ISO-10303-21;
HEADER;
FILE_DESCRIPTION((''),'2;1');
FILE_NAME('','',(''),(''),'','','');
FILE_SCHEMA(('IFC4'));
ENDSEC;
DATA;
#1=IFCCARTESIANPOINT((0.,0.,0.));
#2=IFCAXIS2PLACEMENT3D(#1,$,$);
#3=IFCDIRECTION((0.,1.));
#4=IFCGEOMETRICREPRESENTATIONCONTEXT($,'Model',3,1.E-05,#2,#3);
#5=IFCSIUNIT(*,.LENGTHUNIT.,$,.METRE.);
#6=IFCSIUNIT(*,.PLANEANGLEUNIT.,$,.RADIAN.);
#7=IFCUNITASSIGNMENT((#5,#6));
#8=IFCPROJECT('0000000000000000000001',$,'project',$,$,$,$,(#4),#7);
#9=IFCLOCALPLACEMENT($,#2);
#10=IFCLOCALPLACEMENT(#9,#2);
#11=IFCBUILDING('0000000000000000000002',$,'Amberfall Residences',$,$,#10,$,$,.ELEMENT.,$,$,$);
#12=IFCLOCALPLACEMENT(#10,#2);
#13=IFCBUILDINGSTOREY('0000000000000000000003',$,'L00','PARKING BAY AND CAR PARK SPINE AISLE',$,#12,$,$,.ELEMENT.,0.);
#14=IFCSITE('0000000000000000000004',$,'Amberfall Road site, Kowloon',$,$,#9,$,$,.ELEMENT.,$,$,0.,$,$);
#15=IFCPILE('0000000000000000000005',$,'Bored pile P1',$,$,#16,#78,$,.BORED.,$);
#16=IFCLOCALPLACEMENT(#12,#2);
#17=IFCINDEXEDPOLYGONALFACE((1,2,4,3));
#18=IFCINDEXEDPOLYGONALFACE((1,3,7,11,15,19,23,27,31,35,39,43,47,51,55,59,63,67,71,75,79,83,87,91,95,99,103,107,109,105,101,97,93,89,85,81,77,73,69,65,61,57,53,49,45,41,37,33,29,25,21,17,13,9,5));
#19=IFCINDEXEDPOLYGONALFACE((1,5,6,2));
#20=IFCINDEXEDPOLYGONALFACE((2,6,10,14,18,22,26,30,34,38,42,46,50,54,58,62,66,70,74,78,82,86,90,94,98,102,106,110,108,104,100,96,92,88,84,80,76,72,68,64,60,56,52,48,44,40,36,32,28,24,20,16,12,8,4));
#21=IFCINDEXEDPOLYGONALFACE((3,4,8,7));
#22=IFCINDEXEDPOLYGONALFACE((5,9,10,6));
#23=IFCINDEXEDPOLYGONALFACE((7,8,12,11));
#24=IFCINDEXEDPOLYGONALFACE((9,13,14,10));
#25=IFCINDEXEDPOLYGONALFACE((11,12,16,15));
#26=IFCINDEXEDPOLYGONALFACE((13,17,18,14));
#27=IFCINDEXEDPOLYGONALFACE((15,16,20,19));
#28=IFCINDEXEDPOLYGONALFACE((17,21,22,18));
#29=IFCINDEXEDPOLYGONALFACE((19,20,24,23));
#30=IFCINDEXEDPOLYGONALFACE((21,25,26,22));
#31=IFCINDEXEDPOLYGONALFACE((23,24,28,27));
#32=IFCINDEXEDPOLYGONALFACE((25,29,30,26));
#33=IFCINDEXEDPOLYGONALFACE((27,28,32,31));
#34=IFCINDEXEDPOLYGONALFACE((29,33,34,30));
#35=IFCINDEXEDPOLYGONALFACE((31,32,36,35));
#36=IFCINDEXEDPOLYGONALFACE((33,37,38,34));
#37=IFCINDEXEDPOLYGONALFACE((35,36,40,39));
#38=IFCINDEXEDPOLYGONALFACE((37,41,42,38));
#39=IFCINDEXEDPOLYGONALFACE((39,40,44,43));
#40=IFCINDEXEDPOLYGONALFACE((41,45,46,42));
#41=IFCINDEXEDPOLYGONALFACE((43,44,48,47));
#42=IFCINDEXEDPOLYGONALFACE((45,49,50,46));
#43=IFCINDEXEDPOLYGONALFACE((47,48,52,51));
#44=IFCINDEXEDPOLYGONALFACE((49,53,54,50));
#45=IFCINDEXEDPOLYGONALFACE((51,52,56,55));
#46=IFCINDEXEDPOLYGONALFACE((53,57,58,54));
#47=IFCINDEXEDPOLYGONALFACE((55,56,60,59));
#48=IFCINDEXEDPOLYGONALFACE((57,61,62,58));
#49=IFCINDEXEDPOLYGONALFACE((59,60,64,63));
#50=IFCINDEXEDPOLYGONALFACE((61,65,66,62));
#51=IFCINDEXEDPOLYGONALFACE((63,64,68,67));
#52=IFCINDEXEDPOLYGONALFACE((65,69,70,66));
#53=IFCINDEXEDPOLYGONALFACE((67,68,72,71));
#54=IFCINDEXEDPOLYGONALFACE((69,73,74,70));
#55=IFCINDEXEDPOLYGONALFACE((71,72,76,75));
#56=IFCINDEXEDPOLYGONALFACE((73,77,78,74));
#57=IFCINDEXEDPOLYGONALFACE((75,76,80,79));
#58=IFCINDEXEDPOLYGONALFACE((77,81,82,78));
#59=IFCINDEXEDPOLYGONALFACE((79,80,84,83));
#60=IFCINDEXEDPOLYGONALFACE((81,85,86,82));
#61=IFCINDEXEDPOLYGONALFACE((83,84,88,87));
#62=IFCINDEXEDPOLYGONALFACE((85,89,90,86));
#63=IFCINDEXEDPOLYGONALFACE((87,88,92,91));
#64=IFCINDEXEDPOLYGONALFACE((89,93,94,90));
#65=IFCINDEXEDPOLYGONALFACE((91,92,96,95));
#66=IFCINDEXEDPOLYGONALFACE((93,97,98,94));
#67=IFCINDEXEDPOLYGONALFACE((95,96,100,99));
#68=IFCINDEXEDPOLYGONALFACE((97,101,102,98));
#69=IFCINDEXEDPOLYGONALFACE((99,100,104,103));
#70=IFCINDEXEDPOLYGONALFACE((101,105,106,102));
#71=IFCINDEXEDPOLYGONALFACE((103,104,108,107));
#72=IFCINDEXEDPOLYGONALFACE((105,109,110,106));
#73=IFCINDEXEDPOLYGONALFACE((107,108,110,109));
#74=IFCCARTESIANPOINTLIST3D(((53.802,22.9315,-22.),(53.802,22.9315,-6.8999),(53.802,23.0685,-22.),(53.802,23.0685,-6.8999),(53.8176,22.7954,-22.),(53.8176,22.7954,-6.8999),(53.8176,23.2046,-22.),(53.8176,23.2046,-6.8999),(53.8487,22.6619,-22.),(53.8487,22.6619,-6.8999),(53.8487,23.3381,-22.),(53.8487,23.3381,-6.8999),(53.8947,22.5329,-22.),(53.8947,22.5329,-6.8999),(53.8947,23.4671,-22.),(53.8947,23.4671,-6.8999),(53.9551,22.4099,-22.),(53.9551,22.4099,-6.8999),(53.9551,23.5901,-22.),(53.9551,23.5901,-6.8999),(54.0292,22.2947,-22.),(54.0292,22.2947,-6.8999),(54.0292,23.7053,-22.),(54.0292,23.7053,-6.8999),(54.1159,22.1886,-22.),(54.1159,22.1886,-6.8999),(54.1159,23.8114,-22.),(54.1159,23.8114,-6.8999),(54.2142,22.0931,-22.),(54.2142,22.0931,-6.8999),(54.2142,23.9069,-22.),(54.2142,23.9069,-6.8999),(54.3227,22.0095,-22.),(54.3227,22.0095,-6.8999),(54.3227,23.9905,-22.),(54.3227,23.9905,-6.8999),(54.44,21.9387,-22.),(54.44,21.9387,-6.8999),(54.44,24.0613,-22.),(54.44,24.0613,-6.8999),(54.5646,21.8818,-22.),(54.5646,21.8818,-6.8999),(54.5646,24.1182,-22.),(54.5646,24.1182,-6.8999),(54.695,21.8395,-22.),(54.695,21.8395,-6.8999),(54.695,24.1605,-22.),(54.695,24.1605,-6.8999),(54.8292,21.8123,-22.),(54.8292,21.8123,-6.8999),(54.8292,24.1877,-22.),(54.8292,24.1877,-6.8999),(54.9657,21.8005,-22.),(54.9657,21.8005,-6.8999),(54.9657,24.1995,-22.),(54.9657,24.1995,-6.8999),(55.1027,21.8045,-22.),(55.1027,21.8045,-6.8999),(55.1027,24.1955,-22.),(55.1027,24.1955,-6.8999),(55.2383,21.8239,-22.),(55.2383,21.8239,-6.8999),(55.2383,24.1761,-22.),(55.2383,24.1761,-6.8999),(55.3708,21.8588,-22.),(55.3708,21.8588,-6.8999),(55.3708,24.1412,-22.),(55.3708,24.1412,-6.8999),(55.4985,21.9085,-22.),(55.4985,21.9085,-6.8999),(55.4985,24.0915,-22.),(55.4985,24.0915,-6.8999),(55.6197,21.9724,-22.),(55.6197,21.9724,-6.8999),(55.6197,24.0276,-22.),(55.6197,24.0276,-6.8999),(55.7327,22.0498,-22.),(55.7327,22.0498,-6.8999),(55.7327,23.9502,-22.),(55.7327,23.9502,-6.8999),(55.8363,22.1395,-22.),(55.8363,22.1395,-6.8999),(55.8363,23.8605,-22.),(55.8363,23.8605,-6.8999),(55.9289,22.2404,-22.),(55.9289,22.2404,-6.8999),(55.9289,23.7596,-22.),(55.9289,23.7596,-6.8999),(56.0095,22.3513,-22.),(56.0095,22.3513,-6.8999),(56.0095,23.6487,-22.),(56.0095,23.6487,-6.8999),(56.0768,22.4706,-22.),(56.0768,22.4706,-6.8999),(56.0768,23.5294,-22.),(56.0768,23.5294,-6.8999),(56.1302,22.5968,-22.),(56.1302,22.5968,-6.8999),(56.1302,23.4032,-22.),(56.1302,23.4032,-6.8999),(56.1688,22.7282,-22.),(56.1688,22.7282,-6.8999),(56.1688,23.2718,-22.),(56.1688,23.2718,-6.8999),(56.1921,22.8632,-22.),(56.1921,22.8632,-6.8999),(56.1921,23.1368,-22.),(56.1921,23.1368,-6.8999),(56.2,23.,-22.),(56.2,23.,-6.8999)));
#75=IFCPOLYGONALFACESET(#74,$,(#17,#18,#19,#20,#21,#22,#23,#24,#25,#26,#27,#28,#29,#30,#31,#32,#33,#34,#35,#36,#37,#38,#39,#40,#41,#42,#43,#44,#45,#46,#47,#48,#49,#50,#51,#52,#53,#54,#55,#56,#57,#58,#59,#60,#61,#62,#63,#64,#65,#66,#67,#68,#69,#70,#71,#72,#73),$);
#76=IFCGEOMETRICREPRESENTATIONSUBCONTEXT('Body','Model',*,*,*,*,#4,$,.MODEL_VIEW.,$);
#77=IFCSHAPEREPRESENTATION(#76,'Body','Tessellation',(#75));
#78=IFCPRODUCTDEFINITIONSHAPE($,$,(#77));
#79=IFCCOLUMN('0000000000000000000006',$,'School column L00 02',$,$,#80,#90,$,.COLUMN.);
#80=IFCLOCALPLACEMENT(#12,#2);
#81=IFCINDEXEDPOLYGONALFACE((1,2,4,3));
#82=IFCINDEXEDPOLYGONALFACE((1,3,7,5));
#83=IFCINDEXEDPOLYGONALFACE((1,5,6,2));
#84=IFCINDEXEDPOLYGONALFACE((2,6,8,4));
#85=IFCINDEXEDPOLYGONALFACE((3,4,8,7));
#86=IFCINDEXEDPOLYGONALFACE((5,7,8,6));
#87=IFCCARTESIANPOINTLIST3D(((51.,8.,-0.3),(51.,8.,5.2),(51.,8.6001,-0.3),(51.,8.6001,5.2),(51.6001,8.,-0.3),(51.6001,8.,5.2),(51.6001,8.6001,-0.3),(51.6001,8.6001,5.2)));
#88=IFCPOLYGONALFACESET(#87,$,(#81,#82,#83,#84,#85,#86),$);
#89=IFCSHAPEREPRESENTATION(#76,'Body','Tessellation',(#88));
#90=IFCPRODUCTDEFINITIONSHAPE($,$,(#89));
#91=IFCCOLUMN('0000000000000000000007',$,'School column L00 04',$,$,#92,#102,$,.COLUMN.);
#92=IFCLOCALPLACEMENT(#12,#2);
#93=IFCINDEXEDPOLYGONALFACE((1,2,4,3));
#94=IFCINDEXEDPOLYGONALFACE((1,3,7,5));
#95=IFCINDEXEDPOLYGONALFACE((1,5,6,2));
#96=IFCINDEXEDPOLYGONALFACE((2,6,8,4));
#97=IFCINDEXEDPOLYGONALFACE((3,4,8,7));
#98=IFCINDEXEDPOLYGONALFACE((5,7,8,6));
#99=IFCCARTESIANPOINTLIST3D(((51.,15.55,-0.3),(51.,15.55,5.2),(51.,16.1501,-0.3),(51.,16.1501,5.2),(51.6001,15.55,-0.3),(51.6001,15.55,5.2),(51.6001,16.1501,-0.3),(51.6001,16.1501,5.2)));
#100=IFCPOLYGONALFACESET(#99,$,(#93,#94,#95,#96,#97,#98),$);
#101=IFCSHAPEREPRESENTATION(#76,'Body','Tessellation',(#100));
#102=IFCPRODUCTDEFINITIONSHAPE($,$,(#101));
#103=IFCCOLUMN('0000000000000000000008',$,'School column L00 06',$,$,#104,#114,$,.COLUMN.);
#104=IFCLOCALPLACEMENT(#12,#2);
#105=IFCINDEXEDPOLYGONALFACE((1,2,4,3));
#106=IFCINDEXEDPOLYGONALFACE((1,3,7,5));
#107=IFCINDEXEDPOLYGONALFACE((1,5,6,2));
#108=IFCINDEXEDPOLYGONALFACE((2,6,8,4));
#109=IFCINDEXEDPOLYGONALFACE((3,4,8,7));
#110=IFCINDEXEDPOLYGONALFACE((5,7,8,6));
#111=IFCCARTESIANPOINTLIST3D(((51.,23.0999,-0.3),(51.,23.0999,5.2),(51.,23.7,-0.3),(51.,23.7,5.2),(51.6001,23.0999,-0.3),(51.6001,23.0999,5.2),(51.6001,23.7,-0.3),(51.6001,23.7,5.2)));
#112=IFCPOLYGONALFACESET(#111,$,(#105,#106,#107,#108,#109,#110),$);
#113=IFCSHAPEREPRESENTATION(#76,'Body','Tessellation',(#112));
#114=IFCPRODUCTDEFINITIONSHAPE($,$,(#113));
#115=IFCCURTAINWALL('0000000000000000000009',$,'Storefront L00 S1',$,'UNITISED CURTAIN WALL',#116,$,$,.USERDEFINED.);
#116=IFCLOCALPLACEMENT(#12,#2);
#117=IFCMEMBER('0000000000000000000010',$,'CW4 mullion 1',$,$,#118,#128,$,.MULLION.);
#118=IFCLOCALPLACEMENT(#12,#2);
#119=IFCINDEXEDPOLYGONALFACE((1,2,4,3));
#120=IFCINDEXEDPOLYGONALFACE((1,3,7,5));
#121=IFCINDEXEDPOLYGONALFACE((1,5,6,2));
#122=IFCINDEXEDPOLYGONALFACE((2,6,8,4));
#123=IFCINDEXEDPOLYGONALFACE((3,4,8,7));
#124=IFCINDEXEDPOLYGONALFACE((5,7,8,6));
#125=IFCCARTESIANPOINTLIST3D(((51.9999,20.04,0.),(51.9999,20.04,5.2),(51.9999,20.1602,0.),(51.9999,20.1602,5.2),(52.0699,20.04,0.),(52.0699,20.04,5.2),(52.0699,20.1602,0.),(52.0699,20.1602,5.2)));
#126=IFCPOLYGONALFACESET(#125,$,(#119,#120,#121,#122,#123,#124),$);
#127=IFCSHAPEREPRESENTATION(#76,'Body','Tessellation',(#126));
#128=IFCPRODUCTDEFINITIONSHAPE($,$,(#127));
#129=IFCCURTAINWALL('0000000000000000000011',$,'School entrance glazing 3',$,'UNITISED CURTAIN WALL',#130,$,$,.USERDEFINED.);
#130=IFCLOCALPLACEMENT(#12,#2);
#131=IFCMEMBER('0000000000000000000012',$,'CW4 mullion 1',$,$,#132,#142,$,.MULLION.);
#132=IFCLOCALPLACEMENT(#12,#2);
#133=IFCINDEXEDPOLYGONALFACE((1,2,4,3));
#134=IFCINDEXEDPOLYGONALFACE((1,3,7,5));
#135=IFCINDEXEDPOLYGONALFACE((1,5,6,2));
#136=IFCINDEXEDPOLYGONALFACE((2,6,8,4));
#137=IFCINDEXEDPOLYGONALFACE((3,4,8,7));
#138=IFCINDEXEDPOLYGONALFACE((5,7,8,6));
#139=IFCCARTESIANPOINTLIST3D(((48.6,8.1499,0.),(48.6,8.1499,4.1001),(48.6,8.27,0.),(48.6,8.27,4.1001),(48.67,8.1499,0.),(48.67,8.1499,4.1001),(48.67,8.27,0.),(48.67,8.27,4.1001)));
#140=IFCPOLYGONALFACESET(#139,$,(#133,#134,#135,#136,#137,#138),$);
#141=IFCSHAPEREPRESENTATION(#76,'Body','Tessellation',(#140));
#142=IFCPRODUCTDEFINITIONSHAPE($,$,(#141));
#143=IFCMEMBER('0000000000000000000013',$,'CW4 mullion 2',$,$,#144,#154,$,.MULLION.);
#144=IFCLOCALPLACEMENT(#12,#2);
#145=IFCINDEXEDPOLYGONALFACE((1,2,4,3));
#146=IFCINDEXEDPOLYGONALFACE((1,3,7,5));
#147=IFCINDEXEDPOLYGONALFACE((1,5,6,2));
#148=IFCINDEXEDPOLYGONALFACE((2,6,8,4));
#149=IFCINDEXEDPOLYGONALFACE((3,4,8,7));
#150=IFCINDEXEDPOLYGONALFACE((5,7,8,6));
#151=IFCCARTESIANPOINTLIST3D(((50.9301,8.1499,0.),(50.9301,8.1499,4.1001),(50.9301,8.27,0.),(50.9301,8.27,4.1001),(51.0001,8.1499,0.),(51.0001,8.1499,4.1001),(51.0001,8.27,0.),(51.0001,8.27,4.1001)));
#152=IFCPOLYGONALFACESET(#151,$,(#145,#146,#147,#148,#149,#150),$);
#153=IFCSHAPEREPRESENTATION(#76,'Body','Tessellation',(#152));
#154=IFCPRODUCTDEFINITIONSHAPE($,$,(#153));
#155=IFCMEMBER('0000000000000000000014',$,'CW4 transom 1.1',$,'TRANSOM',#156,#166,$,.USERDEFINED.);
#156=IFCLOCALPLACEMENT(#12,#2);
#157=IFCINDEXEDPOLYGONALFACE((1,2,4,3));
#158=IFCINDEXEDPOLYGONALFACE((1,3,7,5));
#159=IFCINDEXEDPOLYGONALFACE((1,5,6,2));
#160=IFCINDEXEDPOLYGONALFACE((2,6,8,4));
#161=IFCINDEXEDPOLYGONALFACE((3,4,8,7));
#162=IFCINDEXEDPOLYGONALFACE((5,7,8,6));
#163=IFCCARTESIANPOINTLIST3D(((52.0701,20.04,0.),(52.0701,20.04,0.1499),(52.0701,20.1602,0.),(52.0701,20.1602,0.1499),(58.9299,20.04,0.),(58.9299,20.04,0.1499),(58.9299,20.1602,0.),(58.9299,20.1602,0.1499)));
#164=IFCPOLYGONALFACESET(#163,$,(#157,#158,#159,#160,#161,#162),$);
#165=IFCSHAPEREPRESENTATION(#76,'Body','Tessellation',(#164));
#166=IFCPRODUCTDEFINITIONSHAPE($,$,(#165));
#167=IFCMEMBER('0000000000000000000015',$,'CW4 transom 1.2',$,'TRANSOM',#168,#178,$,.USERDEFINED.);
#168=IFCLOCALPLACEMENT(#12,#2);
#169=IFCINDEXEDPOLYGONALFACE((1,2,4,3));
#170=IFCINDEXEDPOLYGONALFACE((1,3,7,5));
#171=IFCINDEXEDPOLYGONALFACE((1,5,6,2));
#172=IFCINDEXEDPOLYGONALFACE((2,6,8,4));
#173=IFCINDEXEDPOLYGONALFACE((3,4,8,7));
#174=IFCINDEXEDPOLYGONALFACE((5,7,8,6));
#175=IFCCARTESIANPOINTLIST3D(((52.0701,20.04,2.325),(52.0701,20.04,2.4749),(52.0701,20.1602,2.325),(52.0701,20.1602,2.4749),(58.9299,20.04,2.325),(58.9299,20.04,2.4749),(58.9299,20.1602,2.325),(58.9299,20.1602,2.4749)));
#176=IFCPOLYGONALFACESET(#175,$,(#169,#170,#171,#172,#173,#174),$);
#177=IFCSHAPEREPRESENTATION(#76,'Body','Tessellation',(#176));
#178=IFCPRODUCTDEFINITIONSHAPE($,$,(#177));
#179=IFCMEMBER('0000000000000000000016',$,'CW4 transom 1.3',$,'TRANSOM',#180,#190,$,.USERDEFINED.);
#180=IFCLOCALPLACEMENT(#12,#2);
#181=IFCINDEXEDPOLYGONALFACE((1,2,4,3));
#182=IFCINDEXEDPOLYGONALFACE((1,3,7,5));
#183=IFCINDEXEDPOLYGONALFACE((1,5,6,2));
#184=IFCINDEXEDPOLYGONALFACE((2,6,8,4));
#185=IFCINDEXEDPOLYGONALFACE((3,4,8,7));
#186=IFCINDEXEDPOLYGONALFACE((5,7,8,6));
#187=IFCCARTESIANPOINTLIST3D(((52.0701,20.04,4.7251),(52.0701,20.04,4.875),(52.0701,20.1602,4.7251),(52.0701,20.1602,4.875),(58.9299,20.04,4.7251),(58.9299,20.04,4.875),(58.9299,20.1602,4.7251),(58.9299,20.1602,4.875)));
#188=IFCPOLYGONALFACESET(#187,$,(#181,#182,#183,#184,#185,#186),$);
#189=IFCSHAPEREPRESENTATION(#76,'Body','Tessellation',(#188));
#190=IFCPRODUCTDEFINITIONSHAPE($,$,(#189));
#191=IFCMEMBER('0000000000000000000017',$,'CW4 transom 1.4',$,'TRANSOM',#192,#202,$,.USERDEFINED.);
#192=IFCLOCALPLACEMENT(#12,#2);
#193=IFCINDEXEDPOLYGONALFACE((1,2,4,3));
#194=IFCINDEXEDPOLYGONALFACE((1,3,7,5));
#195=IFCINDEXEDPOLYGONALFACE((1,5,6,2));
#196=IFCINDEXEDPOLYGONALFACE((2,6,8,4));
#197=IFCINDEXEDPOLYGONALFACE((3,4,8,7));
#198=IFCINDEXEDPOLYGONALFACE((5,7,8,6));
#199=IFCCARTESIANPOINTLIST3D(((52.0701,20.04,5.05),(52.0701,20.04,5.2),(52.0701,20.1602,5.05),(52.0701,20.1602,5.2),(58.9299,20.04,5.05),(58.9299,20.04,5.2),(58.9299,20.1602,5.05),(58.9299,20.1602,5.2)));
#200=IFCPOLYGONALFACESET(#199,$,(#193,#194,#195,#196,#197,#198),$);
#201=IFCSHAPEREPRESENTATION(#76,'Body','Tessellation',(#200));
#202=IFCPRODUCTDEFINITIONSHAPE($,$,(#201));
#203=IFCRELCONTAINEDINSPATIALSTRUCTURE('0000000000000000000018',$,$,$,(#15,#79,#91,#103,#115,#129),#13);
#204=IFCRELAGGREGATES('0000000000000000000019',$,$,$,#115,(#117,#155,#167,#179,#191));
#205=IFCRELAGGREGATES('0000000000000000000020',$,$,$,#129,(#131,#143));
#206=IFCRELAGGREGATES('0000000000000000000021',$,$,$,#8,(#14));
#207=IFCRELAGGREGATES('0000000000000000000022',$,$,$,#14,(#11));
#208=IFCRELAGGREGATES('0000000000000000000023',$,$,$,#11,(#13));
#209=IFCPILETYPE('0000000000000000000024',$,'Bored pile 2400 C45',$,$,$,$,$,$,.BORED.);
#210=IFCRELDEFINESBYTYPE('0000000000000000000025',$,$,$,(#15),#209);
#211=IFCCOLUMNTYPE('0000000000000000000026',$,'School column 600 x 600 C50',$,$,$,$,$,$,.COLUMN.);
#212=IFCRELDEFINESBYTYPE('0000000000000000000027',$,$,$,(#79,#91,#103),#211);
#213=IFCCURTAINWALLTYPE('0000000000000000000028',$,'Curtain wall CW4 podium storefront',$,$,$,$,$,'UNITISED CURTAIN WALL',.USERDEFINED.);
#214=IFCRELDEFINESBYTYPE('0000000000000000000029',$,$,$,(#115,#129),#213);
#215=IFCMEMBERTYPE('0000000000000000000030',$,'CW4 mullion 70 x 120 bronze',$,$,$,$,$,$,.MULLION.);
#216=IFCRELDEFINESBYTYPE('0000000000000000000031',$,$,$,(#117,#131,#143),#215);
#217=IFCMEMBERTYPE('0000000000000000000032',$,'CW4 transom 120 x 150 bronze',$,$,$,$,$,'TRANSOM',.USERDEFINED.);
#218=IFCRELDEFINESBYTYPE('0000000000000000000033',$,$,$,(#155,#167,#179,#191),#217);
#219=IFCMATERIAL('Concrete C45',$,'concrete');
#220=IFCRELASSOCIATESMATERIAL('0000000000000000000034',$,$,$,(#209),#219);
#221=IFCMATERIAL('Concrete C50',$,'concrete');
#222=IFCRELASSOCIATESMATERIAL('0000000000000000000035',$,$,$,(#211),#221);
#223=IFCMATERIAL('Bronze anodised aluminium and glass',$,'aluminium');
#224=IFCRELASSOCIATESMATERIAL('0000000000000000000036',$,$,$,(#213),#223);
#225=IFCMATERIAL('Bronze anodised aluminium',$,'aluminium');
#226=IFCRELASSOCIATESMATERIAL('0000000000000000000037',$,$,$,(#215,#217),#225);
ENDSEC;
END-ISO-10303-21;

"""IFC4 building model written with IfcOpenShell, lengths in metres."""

from ifc_helpers import new_model, si_unit, direction, frame, origin, origin_2d, place, context, subcontext, project, spatial, rectangle, circle, extrude, material, material_profile, profile_set, type_object, element, aggregate, save


model = new_model("IFC4")

# Units and contexts
model_context = context("Model", 3, precision=1e-05, world=origin(), true_north=direction((0.0, 1.0)))
body_context = subcontext(model_context, "Body", "Model", "MODEL_VIEW")
ifc_project = project(units=[si_unit("LENGTHUNIT", "METRE"), si_unit("PLANEANGLEUNIT", "RADIAN")], contexts=[model_context])

# Site, building, storey
site_placement = place(None, origin())
site = spatial("IfcSite", under=ifc_project, at=site_placement, Name="Amberfall Road site, Kowloon", CompositionType="ELEMENT", RefElevation=0.0)
building_placement = place(site_placement, origin())
building = spatial("IfcBuilding", under=site, at=building_placement, Name="Amberfall Residences", CompositionType="ELEMENT")
storey_placement = place(building_placement, origin())
storey = spatial("IfcBuildingStorey", under=building, at=storey_placement, Name="L00", Description="PARKING BAY AND CAR PARK SPINE AISLE", CompositionType="ELEMENT", Elevation=0.0)

# Pile
ifc_material_1 = material(Name="Concrete C45", Category="concrete")
ifc_material_profile_1 = material_profile(ifc_material_1, circle(Radius=1.2, at=origin_2d()), Name="Bored pile 2400 C45")
ifc_profile_set_1 = profile_set([ifc_material_profile_1], Name="Concrete C45")
pile_type = type_object("IfcPileType", Name="Bored pile 2400 C45", PredefinedType="BORED", material=ifc_profile_set_1)
pile_placement = place(storey_placement, frame((55.0, 23.0, -6.8999), z_axis=(0.0, 0.0, -1.0), x_axis=(1.0, 0.0, 0.0)))
element("IfcPile", 1, at=pile_placement, inside=storey, type_object=pile_type, Name="Bored pile P1", PredefinedType="BORED", context=body_context, shape_type="SweptSolid", body=[
    extrude(circle(Radius=1.2, at=origin_2d()), origin(), (0.0, 0.0, 1.0), 15.1001),
])

# Columns
ifc_material_2 = material(Name="Concrete C50", Category="concrete")
ifc_material_profile_2 = material_profile(ifc_material_2, rectangle(XDim=0.6001, YDim=0.6001, at=origin_2d()), Name="School column 600 x 600 C50")
ifc_profile_set_2 = profile_set([ifc_material_profile_2], Name="Concrete C50")
column_type = type_object("IfcColumnType", Name="School column 600 x 600 C50", PredefinedType="COLUMN", material=ifc_profile_set_2)
for number, where, z_axis, x_axis, name in (
    (2, (51.3, 8.3, -0.3), (0.0, 0.0, 1.0), (1.0, 0.0, 0.0), "School column L00 02"),
    (3, (51.3, 15.8501, -0.3), (0.0, 0.0, 1.0), (1.0, 0.0, 0.0), "School column L00 04"),
    (4, (51.3, 23.3999, -0.3), (0.0, 0.0, 1.0), (1.0, 0.0, 0.0), "School column L00 06"),
):
    element("IfcColumn", number, at=place(storey_placement, frame(where, z_axis=z_axis, x_axis=x_axis)), inside=storey, type_object=column_type, Name=name, PredefinedType="COLUMN", context=body_context, shape_type="SweptSolid", body=[
        extrude(rectangle(XDim=0.6001, YDim=0.6001, at=origin_2d()), origin(), (0.0, 0.0, 1.0), 5.5),
    ])

# Curtain wall, member
ifc_material_3 = material(Name="Bronze anodised aluminium and glass", Category="aluminium")
curtain_wall_type = type_object("IfcCurtainWallType", Name="Curtain wall CW4 podium storefront", ElementType="UNITISED CURTAIN WALL", PredefinedType="USERDEFINED", material=ifc_material_3)
curtain_wall_1_placement = place(storey_placement, origin())
curtain_wall_1 = element("IfcCurtainWall", 5, at=curtain_wall_1_placement, inside=storey, type_object=curtain_wall_type, Name="Storefront L00 S1", ObjectType="UNITISED CURTAIN WALL", PredefinedType="USERDEFINED")
ifc_material_4 = material(Name="Bronze anodised aluminium", Category="aluminium")
ifc_material_profile_3 = material_profile(ifc_material_4, rectangle(XDim=0.1201, YDim=0.0701, at=origin_2d()), Name="CW4 mullion 70 x 120 bronze")
ifc_profile_set_3 = profile_set([ifc_material_profile_3], Name="Bronze anodised aluminium")
member_type_1 = type_object("IfcMemberType", Name="CW4 mullion 70 x 120 bronze", PredefinedType="MULLION", material=ifc_profile_set_3)
member_1_placement = place(storey_placement, frame((52.0349, 20.1001, 0.0), z_axis=(0.0, 0.0, 1.0), x_axis=(0.0, 1.0, 0.0)))
member_1 = element("IfcMember", 6, at=member_1_placement, type_object=member_type_1, Name="CW4 mullion 1", PredefinedType="MULLION", context=body_context, shape_type="SweptSolid", body=[
    extrude(rectangle(XDim=0.1201, YDim=0.0701, at=origin_2d()), origin(), (0.0, 0.0, 1.0), 5.2),
])

# Curtain wall, members
curtain_wall_2_placement = place(storey_placement, origin())
curtain_wall_2 = element("IfcCurtainWall", 7, at=curtain_wall_2_placement, inside=storey, type_object=curtain_wall_type, Name="School entrance glazing 3", ObjectType="UNITISED CURTAIN WALL", PredefinedType="USERDEFINED")
member_2_placement = place(storey_placement, frame((48.635, 8.21, 0.0), z_axis=(0.0, 0.0, 1.0), x_axis=(0.0, 1.0, 0.0)))
member_2 = element("IfcMember", 8, at=member_2_placement, type_object=member_type_1, Name="CW4 mullion 1", PredefinedType="MULLION", context=body_context, shape_type="SweptSolid", body=[
    extrude(rectangle(XDim=0.1201, YDim=0.0701, at=origin_2d()), origin(), (0.0, 0.0, 1.0), 4.1001),
])
member_3_placement = place(storey_placement, frame((50.9651, 8.21, 0.0), z_axis=(0.0, 0.0, 1.0), x_axis=(0.0, 1.0, 0.0)))
member_3 = element("IfcMember", 9, at=member_3_placement, type_object=member_type_1, Name="CW4 mullion 2", PredefinedType="MULLION", context=body_context, shape_type="SweptSolid", body=[
    extrude(rectangle(XDim=0.1201, YDim=0.0701, at=origin_2d()), origin(), (0.0, 0.0, 1.0), 4.1001),
])

# Members
ifc_material_profile_4 = material_profile(ifc_material_4, rectangle(XDim=0.1201, YDim=0.1499, at=origin_2d()), Name="CW4 transom 120 x 150 bronze")
ifc_profile_set_4 = profile_set([ifc_material_profile_4], Name="Bronze anodised aluminium")
member_type_2 = type_object("IfcMemberType", Name="CW4 transom 120 x 150 bronze", ElementType="TRANSOM", PredefinedType="USERDEFINED", material=ifc_profile_set_4)
member_4_placement = place(storey_placement, frame((52.0701, 20.1001, 0.075), z_axis=(1.0, 0.0, 0.0), x_axis=(0.0, 1.0, 0.0)))
member_4 = element("IfcMember", 10, at=member_4_placement, type_object=member_type_2, Name="CW4 transom 1.1", ObjectType="TRANSOM", PredefinedType="USERDEFINED", context=body_context, shape_type="SweptSolid", body=[
    extrude(rectangle(XDim=0.1201, YDim=0.1499, at=origin_2d()), origin(), (0.0, 0.0, 1.0), 6.8599),
])
member_5_placement = place(storey_placement, frame((52.0701, 20.1001, 2.3999), z_axis=(1.0, 0.0, 0.0), x_axis=(0.0, 1.0, 0.0)))
member_5 = element("IfcMember", 11, at=member_5_placement, type_object=member_type_2, Name="CW4 transom 1.2", ObjectType="TRANSOM", PredefinedType="USERDEFINED", context=body_context, shape_type="SweptSolid", body=[
    extrude(rectangle(XDim=0.1201, YDim=0.1499, at=origin_2d()), origin(), (0.0, 0.0, 1.0), 6.8599),
])
member_6_placement = place(storey_placement, frame((52.0701, 20.1001, 4.8), z_axis=(1.0, 0.0, 0.0), x_axis=(0.0, 1.0, 0.0)))
member_6 = element("IfcMember", 12, at=member_6_placement, type_object=member_type_2, Name="CW4 transom 1.3", ObjectType="TRANSOM", PredefinedType="USERDEFINED", context=body_context, shape_type="SweptSolid", body=[
    extrude(rectangle(XDim=0.1201, YDim=0.1499, at=origin_2d()), origin(), (0.0, 0.0, 1.0), 6.8599),
])
member_7_placement = place(storey_placement, frame((52.0701, 20.1001, 5.125), z_axis=(1.0, 0.0, 0.0), x_axis=(0.0, 1.0, 0.0)))
member_7 = element("IfcMember", 13, at=member_7_placement, type_object=member_type_2, Name="CW4 transom 1.4", ObjectType="TRANSOM", PredefinedType="USERDEFINED", context=body_context, shape_type="SweptSolid", body=[
    extrude(rectangle(XDim=0.1201, YDim=0.1499, at=origin_2d()), origin(), (0.0, 0.0, 1.0), 6.8599),
])
aggregate(curtain_wall_1, [member_1, member_4, member_5, member_6, member_7])

aggregate(curtain_wall_2, [member_2, member_3])

save(model, "model.ifc")
